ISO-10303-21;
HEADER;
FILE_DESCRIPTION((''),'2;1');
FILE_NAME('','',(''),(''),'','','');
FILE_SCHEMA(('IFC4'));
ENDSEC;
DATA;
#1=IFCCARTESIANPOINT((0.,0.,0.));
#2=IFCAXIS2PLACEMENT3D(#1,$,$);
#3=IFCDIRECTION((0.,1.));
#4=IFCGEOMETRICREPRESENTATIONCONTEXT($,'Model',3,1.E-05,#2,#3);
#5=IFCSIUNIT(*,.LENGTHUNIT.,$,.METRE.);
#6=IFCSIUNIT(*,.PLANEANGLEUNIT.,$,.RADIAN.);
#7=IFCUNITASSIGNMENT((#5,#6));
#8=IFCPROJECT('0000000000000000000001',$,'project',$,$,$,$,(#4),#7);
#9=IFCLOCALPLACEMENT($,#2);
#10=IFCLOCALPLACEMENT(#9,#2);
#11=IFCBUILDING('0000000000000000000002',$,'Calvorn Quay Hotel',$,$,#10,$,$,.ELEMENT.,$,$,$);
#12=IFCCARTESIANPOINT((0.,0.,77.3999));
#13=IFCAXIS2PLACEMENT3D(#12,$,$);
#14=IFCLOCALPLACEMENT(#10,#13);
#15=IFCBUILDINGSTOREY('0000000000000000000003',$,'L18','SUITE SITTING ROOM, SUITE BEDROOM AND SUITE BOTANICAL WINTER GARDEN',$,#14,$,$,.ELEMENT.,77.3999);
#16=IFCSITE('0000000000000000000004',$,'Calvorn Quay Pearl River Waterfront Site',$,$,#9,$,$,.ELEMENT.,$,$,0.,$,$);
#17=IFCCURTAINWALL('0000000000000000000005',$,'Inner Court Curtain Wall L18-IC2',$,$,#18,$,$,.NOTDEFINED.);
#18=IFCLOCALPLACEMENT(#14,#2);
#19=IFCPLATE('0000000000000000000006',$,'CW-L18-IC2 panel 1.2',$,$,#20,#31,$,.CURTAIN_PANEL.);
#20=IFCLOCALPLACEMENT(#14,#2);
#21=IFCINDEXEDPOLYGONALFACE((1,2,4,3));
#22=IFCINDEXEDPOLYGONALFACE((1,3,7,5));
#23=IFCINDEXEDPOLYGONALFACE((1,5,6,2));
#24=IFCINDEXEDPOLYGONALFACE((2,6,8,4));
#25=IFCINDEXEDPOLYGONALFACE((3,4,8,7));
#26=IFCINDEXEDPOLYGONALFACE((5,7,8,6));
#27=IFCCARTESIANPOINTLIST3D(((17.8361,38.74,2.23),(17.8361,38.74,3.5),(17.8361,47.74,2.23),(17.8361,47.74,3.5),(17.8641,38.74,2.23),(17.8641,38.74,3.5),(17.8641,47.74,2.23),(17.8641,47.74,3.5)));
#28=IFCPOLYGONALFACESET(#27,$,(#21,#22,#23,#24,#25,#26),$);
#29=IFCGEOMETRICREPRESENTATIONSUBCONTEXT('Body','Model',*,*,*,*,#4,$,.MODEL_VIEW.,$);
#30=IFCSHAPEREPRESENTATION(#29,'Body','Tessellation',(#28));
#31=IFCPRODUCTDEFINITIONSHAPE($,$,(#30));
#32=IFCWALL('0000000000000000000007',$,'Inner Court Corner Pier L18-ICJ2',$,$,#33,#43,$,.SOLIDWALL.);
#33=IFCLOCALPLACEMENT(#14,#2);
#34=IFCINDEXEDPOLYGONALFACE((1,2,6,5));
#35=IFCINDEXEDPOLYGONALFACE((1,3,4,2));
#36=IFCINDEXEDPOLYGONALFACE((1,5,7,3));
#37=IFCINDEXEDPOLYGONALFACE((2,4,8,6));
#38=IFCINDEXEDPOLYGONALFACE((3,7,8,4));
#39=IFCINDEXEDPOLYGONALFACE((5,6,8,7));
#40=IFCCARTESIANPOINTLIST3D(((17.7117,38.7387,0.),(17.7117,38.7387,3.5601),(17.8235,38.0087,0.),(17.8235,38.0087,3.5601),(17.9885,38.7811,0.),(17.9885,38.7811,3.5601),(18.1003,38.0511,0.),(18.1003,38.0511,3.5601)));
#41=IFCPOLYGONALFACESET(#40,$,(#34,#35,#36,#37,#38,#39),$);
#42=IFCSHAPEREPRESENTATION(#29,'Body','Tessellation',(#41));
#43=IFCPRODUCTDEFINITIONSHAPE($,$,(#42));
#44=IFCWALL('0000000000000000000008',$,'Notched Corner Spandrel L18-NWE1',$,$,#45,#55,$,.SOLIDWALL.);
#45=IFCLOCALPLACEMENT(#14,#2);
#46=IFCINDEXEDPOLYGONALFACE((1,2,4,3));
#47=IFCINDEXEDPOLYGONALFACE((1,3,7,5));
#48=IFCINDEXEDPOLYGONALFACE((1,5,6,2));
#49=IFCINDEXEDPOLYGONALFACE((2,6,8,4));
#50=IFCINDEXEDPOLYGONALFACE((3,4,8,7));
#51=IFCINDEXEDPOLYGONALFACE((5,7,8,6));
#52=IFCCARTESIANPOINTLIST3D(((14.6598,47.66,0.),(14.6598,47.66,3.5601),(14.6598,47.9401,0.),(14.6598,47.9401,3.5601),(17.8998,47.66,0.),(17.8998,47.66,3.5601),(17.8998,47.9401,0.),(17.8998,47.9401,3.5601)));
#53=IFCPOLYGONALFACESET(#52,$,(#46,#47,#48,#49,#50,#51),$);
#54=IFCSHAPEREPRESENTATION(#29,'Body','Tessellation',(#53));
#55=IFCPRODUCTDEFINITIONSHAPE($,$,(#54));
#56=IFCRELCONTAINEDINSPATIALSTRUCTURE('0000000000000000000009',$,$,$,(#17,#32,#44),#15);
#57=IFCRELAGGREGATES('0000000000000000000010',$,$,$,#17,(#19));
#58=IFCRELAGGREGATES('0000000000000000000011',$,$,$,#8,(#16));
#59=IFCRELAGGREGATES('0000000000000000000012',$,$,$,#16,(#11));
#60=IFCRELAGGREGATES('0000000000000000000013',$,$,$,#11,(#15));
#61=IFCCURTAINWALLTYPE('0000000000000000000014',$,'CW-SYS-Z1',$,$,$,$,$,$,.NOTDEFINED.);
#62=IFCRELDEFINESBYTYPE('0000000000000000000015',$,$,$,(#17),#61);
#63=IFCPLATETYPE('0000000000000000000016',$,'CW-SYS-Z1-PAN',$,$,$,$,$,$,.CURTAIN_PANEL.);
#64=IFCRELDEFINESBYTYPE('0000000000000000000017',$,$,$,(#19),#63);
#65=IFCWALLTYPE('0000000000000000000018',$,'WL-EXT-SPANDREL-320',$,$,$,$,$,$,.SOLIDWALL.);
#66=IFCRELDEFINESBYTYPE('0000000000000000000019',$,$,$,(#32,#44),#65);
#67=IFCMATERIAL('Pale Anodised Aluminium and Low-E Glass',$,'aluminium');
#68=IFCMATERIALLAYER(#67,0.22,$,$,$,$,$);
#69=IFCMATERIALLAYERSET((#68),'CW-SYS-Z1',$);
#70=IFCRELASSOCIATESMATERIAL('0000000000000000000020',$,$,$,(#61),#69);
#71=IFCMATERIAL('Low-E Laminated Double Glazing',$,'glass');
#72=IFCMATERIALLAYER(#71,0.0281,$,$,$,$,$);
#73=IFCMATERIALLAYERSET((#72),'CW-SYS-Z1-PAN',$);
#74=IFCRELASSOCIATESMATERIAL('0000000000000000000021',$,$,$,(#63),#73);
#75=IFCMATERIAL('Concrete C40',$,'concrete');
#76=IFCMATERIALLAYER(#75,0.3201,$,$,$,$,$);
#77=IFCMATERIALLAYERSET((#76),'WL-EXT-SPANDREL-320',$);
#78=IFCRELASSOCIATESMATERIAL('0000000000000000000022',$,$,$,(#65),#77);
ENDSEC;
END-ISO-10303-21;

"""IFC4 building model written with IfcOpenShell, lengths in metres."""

from ifc_helpers import new_model, si_unit, direction, frame, frame_2d, origin, origin_2d, place, context, subcontext, project, spatial, rectangle, extrude, material, layer, layer_set, type_object, element, aggregate, save


model = new_model("IFC4")

# Units and contexts
model_context = context("Model", 3, precision=1e-05, world=origin(), true_north=direction((0.0, 1.0)))
body_context = subcontext(model_context, "Body", "Model", "MODEL_VIEW")
ifc_project = project(units=[si_unit("LENGTHUNIT", "METRE"), si_unit("PLANEANGLEUNIT", "RADIAN")], contexts=[model_context])

# Site, building, storey
site_placement = place(None, origin())
site = spatial("IfcSite", under=ifc_project, at=site_placement, Name="Calvorn Quay Pearl River Waterfront Site", CompositionType="ELEMENT", RefElevation=0.0)
building_placement = place(site_placement, origin())
building = spatial("IfcBuilding", under=site, at=building_placement, Name="Calvorn Quay Hotel", CompositionType="ELEMENT")
storey_placement = place(building_placement, frame((0.0, 0.0, 77.3999)))
storey = spatial("IfcBuildingStorey", under=building, at=storey_placement, Name="L18", Description="SUITE SITTING ROOM, SUITE BEDROOM AND SUITE BOTANICAL WINTER GARDEN", CompositionType="ELEMENT", Elevation=77.3999)

# Shared definitions
ifc_material_1 = material(Name="Pale Anodised Aluminium and Low-E Glass", Category="aluminium")
ifc_layer_1 = layer(ifc_material_1, 0.22)
ifc_layer_set_1 = layer_set([ifc_layer_1], Name="CW-SYS-Z1")
curtain_wall_type = type_object("IfcCurtainWallType", Name="CW-SYS-Z1", PredefinedType="NOTDEFINED", material=ifc_layer_set_1)

# Curtain wall
curtain_wall_1_placement = place(storey_placement, origin())
curtain_wall_1 = element("IfcCurtainWall", 1, at=curtain_wall_1_placement, inside=storey, type_object=curtain_wall_type, Name="Inner Court Curtain Wall L18-IC2", PredefinedType="NOTDEFINED")

# Plate
ifc_material_2 = material(Name="Low-E Laminated Double Glazing", Category="glass")
ifc_layer_2 = layer(ifc_material_2, 0.0281)
ifc_layer_set_2 = layer_set([ifc_layer_2], Name="CW-SYS-Z1-PAN")
plate_type = type_object("IfcPlateType", Name="CW-SYS-Z1-PAN", PredefinedType="CURTAIN_PANEL", material=ifc_layer_set_2)
plate_1_placement = place(storey_placement, frame((17.8501, 43.24, 2.23), z_axis=(0.0, 0.0, 1.0), x_axis=(0.0, 1.0, 0.0)))
plate_1 = element("IfcPlate", 2, at=plate_1_placement, type_object=plate_type, Name="CW-L18-IC2 panel 1.2", PredefinedType="CURTAIN_PANEL", context=body_context, shape_type="SweptSolid", body=[
    extrude(rectangle(XDim=9.0, YDim=0.0281, at=origin_2d()), origin(), (0.0, 0.0, 1.0), 1.27),
])
aggregate(curtain_wall_1, [plate_1])

# Walls
ifc_material_3 = material(Name="Concrete C40", Category="concrete")
ifc_layer_3 = layer(ifc_material_3, 0.3201)
ifc_layer_set_3 = layer_set([ifc_layer_3], Name="WL-EXT-SPANDREL-320")
wall_type = type_object("IfcWallType", Name="WL-EXT-SPANDREL-320", PredefinedType="SOLIDWALL", material=ifc_layer_set_3)
wall_1_placement = place(storey_placement, frame((17.9619, 38.03, 0.0), z_axis=(0.0, 0.0, 1.0), x_axis=(-0.151411, 0.988471, 0.0)))
element("IfcWall", 3, at=wall_1_placement, inside=storey, type_object=wall_type, Name="Inner Court Corner Pier L18-ICJ2", PredefinedType="SOLIDWALL", context=body_context, shape_type="SweptSolid", body=[
    extrude(rectangle(XDim=0.7385, YDim=0.28, at=frame_2d((0.3691, 0.0))), origin(), (0.0, 0.0, 1.0), 3.5601),
])
wall_2_placement = place(storey_placement, frame((17.8999, 47.8, 0.0), z_axis=(0.0, 0.0, 1.0), x_axis=(-1.0, 0.0, 0.0)))
element("IfcWall", 4, at=wall_2_placement, inside=storey, type_object=wall_type, Name="Notched Corner Spandrel L18-NWE1", PredefinedType="SOLIDWALL", context=body_context, shape_type="SweptSolid", body=[
    extrude(rectangle(XDim=3.24, YDim=0.28, at=frame_2d((1.6201, 0.0))), origin(), (0.0, 0.0, 1.0), 3.5601),
])

save(model, "model.ifc")
